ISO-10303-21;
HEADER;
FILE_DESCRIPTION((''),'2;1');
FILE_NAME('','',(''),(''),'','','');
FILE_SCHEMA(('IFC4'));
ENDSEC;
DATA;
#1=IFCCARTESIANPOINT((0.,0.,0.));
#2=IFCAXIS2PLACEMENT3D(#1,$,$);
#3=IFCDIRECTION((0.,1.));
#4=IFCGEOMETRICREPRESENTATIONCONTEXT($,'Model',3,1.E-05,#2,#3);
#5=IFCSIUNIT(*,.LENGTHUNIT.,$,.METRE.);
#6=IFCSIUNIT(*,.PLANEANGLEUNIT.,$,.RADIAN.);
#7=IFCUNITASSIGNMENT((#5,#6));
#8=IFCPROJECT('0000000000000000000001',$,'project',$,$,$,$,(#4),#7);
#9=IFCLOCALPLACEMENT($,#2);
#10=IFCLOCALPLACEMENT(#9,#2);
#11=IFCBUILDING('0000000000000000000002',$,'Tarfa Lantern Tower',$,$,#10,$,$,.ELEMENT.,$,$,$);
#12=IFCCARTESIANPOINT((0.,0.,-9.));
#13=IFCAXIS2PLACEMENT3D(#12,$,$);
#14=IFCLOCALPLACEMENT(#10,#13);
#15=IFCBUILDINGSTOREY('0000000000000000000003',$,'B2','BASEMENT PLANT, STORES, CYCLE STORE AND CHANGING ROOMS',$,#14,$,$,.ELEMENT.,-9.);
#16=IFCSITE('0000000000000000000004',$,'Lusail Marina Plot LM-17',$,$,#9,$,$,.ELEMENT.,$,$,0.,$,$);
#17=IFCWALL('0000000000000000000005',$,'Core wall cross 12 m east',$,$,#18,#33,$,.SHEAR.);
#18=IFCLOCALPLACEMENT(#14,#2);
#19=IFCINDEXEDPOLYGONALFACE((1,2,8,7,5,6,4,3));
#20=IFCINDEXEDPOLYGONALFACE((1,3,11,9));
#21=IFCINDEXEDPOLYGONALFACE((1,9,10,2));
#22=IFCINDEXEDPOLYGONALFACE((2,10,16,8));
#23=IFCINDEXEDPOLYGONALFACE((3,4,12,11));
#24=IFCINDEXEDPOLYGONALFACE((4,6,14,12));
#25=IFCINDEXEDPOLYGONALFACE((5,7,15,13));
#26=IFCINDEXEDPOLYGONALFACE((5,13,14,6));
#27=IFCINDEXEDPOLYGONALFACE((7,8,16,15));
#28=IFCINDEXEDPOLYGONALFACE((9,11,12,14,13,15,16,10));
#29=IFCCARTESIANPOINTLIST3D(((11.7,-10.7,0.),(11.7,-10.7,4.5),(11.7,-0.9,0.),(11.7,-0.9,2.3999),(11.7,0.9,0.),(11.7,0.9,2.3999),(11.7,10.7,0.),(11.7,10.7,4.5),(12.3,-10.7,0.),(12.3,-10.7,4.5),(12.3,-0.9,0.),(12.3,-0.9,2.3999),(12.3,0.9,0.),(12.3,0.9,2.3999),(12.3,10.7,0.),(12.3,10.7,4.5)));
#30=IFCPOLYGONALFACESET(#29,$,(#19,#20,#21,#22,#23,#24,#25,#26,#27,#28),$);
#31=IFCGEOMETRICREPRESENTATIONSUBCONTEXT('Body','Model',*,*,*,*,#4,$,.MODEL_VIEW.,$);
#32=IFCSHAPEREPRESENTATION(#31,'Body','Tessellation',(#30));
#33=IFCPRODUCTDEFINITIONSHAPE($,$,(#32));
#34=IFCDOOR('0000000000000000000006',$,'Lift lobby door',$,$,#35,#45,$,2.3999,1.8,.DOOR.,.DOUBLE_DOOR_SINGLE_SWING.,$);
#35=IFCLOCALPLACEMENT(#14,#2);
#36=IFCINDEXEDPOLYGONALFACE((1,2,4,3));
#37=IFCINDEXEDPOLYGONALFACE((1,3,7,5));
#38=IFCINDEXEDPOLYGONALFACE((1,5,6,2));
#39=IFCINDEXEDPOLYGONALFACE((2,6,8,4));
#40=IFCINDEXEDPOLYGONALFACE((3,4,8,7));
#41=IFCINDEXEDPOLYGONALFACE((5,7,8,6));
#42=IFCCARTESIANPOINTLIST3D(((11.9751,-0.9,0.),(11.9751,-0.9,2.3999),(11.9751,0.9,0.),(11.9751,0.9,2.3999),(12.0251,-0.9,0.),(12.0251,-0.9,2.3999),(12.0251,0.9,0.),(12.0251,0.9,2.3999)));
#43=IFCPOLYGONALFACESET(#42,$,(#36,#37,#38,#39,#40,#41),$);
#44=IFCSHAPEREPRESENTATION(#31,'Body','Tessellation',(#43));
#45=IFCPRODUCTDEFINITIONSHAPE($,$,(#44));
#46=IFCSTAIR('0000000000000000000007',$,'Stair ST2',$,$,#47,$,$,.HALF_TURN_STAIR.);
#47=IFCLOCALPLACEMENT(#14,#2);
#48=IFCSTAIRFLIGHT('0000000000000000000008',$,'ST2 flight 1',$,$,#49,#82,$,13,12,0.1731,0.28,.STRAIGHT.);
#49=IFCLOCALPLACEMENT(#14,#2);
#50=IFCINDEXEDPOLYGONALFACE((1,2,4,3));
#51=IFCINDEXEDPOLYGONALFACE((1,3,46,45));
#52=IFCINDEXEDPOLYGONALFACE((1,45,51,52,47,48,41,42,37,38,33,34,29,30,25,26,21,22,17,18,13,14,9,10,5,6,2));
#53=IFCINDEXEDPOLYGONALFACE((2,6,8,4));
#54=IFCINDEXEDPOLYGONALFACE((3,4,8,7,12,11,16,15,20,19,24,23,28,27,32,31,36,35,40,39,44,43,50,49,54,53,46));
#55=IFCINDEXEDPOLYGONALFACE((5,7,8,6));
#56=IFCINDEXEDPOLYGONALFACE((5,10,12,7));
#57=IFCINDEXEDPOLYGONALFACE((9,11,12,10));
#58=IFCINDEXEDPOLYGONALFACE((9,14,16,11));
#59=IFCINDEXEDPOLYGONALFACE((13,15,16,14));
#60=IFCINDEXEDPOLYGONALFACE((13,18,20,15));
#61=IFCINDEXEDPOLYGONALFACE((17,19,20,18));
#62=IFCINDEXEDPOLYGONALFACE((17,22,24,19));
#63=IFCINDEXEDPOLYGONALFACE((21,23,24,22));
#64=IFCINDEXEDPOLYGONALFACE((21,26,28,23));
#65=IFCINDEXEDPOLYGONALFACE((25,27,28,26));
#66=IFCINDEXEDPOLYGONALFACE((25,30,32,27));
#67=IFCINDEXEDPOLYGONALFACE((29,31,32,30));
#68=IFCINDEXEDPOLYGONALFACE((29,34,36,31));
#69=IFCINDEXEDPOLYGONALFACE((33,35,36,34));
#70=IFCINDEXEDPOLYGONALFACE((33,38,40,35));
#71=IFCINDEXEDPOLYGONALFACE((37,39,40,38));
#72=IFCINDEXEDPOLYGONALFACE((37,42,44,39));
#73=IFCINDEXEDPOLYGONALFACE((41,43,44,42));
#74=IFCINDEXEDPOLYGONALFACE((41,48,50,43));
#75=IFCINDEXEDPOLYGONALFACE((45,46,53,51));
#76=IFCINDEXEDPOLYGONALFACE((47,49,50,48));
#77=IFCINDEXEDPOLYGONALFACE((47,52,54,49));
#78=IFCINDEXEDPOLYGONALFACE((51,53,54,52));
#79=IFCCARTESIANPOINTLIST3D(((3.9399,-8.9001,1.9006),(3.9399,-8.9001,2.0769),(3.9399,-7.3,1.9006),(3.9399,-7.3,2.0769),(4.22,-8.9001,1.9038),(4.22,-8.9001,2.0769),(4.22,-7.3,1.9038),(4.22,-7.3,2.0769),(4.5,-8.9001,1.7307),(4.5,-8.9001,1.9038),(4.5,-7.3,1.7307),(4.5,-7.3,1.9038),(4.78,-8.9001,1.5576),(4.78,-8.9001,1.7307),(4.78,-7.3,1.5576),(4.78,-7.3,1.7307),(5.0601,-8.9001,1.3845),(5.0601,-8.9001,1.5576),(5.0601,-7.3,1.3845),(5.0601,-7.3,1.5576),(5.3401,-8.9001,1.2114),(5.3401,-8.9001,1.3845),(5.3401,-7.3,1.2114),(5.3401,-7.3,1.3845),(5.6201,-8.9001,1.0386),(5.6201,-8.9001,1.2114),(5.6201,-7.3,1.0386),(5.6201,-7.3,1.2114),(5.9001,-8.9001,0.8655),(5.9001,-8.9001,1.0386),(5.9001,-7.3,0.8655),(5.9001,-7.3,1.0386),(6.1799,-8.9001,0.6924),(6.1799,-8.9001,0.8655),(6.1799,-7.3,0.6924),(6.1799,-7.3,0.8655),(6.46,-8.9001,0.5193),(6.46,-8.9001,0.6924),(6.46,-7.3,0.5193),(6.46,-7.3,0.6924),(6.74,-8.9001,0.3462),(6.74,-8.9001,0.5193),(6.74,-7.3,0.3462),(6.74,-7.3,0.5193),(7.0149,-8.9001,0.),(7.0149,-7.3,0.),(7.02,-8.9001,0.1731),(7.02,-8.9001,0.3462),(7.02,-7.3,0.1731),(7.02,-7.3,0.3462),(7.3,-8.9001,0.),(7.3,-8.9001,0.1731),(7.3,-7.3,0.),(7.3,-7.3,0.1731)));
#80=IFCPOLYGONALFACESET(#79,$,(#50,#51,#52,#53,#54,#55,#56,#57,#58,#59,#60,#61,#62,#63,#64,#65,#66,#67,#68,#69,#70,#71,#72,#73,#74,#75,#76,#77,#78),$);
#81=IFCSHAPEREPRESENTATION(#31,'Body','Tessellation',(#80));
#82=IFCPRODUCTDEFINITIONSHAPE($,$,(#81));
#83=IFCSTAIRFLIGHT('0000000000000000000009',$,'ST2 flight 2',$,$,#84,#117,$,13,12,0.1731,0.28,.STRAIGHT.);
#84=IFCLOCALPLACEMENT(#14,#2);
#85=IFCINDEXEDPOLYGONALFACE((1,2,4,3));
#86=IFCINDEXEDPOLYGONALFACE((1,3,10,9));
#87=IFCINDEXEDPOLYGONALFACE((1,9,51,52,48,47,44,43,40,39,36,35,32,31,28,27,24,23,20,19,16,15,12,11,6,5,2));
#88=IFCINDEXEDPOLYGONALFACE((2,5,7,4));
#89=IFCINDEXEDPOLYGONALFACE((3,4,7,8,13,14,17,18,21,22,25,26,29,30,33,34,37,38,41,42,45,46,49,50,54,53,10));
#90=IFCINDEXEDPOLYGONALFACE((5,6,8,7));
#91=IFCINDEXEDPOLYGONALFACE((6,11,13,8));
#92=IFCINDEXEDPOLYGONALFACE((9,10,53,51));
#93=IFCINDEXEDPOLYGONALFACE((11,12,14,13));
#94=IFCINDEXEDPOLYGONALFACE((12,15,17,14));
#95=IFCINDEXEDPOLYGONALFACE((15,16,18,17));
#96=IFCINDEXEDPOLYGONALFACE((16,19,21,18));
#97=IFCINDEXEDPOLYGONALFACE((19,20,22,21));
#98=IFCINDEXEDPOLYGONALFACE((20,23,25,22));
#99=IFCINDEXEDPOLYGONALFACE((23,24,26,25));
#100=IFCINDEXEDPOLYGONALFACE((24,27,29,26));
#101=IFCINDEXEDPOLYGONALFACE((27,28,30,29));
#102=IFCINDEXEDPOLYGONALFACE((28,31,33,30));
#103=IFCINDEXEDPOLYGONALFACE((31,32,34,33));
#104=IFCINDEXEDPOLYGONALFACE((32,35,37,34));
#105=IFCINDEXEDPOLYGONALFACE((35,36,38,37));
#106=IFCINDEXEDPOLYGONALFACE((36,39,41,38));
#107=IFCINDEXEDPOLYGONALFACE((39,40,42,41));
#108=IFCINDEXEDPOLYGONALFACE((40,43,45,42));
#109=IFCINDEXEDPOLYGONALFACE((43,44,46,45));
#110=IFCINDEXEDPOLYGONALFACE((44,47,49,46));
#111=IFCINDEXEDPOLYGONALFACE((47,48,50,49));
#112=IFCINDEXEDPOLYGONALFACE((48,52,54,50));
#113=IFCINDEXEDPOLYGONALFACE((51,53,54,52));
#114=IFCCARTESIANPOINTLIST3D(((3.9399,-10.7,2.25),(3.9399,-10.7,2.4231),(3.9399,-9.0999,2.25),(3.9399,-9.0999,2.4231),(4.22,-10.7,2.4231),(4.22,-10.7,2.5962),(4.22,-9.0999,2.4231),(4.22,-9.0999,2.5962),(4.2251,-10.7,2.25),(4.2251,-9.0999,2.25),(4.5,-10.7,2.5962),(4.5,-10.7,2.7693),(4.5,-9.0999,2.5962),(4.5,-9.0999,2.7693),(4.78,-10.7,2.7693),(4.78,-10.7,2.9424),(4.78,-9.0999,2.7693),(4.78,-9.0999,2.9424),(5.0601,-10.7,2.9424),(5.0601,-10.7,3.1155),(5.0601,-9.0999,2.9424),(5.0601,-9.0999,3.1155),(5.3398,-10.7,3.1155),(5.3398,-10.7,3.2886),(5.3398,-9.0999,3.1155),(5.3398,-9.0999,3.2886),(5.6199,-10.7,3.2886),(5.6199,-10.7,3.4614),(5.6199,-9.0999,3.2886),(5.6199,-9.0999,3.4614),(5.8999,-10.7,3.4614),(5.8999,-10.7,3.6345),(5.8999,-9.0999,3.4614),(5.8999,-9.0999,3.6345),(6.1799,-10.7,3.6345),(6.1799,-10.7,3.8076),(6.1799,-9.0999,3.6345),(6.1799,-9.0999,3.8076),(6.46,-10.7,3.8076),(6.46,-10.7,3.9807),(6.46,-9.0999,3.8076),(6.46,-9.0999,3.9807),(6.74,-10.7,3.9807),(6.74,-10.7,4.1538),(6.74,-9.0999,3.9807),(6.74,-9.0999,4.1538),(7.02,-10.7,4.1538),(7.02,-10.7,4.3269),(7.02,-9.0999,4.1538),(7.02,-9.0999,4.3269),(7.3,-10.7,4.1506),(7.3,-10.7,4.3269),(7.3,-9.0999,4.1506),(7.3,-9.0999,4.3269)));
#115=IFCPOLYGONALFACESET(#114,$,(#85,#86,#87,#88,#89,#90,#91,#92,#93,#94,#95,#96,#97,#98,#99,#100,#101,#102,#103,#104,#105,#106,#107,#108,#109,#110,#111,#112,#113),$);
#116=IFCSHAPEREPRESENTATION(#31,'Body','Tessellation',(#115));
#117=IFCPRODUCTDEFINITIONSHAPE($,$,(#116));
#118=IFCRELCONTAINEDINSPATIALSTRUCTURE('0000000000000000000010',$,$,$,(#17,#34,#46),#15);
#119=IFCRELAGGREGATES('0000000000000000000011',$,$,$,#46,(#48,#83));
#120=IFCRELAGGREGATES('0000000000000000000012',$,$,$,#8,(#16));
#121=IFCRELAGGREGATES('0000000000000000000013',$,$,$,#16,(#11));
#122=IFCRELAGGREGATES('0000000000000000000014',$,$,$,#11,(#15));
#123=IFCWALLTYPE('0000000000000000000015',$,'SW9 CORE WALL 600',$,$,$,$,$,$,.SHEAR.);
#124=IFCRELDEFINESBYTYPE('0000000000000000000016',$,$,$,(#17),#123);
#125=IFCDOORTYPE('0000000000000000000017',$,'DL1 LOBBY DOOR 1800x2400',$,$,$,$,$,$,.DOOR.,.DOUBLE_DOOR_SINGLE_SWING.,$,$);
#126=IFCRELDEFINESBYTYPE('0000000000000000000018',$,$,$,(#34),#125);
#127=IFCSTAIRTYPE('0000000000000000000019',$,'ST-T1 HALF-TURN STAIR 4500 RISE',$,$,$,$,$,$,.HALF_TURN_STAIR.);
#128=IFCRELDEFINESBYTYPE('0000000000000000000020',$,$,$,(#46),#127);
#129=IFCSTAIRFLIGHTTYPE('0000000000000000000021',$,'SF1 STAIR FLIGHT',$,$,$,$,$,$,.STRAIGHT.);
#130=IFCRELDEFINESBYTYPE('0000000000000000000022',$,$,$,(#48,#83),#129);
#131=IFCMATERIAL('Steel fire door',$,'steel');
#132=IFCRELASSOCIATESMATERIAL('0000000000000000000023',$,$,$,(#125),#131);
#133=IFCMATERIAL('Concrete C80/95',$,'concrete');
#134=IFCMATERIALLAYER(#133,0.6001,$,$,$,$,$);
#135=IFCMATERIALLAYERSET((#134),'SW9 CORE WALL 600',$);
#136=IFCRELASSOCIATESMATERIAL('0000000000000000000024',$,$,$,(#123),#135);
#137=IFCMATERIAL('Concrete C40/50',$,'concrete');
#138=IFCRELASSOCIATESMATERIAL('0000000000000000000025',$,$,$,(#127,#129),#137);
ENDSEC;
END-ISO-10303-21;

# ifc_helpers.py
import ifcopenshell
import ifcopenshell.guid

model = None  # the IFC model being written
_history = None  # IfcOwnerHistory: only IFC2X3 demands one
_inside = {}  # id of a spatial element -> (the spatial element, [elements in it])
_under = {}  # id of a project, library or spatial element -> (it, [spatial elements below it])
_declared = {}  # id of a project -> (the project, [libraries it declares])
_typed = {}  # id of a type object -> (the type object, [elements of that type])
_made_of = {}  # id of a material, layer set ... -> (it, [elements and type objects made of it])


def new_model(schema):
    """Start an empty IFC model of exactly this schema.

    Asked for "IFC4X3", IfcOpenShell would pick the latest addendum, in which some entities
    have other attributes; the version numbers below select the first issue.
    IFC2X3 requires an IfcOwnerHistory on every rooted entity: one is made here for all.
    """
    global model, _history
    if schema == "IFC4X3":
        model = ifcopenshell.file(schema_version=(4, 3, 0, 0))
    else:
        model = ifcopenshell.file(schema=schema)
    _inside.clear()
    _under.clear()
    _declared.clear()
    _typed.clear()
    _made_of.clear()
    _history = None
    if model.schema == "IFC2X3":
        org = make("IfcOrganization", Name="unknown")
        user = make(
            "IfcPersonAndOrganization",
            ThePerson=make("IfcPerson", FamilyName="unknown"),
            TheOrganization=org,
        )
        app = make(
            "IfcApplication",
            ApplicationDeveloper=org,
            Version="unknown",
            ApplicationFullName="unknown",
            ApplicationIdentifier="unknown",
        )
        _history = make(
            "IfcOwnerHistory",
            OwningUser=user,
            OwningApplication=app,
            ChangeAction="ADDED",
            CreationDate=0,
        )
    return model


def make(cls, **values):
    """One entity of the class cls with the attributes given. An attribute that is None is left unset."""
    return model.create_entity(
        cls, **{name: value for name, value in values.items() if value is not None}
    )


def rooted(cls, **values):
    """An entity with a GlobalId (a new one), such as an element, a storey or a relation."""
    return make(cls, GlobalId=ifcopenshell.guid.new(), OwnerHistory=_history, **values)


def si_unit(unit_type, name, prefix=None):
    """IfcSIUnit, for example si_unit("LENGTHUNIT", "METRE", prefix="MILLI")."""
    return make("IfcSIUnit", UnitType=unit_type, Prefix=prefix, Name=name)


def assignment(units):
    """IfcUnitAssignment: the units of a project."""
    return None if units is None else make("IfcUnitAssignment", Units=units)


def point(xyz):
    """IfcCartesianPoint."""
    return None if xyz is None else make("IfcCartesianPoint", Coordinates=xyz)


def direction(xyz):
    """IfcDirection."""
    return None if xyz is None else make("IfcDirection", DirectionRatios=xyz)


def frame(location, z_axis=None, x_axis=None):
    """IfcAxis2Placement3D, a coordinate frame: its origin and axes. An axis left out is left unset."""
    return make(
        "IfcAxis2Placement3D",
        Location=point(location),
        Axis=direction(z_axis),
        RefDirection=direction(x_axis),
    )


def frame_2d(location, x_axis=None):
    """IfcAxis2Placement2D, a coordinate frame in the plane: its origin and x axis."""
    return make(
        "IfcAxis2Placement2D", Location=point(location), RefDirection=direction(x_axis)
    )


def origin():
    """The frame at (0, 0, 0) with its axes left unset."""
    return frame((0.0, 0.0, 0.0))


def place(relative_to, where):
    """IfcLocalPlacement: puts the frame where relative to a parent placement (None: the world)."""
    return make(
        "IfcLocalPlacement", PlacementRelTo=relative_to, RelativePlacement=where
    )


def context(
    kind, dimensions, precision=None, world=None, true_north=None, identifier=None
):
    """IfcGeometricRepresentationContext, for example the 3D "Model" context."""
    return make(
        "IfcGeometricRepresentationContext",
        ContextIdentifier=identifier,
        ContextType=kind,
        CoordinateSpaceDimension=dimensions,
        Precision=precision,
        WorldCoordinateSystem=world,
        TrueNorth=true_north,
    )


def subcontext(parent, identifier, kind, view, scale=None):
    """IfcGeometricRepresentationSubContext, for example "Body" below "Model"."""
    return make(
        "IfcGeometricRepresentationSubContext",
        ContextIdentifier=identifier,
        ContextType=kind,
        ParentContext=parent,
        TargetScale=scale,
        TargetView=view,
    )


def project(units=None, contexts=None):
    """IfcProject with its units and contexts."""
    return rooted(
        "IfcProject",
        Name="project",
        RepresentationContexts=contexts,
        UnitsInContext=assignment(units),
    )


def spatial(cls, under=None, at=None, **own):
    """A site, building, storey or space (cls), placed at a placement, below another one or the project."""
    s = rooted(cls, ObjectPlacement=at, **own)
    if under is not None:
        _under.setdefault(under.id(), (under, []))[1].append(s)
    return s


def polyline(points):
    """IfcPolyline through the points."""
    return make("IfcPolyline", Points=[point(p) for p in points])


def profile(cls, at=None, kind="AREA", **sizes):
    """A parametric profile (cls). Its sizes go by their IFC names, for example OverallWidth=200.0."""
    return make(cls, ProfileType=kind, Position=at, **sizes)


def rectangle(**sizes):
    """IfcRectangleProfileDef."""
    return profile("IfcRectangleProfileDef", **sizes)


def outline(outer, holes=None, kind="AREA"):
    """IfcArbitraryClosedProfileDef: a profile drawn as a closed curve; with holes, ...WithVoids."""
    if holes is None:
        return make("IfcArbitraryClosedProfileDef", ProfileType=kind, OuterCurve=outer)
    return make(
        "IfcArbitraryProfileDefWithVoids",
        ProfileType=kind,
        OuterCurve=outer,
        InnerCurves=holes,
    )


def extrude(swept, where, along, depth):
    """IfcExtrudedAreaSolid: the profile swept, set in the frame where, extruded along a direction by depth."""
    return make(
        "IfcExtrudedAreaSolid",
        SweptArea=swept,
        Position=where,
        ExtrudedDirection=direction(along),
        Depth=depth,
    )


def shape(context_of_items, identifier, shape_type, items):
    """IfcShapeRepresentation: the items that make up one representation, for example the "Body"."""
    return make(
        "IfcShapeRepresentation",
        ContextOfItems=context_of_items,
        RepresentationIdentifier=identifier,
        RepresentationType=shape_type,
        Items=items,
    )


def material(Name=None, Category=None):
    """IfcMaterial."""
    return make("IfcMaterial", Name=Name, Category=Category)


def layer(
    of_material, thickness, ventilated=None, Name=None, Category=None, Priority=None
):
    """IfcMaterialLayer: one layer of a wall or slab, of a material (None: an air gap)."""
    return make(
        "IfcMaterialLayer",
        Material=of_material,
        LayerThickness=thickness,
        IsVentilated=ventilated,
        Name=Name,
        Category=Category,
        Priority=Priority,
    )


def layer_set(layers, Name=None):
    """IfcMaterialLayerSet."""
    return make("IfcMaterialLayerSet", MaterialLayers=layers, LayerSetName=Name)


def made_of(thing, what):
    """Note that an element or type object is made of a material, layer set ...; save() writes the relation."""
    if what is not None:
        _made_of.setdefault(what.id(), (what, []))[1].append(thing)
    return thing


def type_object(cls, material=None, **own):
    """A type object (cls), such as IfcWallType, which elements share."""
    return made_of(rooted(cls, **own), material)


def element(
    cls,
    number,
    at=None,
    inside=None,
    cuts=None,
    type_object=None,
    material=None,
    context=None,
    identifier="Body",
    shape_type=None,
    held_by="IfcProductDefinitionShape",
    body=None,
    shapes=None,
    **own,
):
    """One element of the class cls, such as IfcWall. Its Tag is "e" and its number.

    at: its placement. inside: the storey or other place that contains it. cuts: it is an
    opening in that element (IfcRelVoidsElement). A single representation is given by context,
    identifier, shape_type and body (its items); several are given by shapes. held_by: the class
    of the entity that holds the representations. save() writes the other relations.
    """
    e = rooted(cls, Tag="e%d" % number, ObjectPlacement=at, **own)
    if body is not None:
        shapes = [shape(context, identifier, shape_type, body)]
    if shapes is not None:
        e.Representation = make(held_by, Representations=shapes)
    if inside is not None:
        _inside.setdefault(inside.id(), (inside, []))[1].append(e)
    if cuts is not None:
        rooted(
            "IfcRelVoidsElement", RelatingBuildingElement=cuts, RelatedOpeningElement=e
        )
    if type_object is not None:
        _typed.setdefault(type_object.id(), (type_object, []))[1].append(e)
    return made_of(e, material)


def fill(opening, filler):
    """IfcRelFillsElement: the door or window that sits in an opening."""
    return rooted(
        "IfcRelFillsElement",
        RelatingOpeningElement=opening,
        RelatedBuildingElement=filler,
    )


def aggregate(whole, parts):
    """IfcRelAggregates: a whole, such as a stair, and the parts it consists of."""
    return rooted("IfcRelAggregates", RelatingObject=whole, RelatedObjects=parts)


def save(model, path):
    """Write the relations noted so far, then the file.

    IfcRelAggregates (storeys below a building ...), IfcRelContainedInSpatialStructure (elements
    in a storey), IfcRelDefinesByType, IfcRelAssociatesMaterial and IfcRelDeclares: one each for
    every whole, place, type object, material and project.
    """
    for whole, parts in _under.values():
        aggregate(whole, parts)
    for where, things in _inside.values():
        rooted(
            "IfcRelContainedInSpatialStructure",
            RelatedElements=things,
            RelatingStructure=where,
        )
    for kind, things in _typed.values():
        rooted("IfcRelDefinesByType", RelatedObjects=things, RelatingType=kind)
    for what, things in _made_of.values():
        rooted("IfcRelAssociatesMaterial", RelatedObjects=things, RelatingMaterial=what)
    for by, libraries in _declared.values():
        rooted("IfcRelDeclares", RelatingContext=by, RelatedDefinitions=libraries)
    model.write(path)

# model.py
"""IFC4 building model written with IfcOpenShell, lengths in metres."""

from ifc_helpers import new_model, si_unit, direction, frame, frame_2d, origin, place, context, subcontext, project, spatial, polyline, rectangle, outline, extrude, material, layer, layer_set, type_object, element, fill, aggregate, save


model = new_model("IFC4")

# Units and contexts
model_context = context("Model", 3, precision=1e-05, world=origin(), true_north=direction((0.0, 1.0)))
body_context = subcontext(model_context, "Body", "Model", "MODEL_VIEW")
ifc_project = project(units=[si_unit("LENGTHUNIT", "METRE"), si_unit("PLANEANGLEUNIT", "RADIAN")], contexts=[model_context])

# Site, building, storey
site_placement = place(None, origin())
site = spatial("IfcSite", under=ifc_project, at=site_placement, Name="Lusail Marina Plot LM-17", CompositionType="ELEMENT", RefElevation=0.0)
building_placement = place(site_placement, origin())
building = spatial("IfcBuilding", under=site, at=building_placement, Name="Tarfa Lantern Tower", CompositionType="ELEMENT")
storey_placement = place(building_placement, frame((0.0, 0.0, -9.0)))
storey = spatial("IfcBuildingStorey", under=building, at=storey_placement, Name="B2", Description="BASEMENT PLANT, STORES, CYCLE STORE AND CHANGING ROOMS", CompositionType="ELEMENT", Elevation=-9.0)

# Shared definitions
ifc_material_1 = material(Name="Concrete C40/50", Category="concrete")

# Shared definitions
ifc_material_2 = material(Name="Steel fire door", Category="steel")

# Shared definitions
ifc_material_3 = material(Name="Concrete C80/95", Category="concrete")

# Wall, opening, door
door_type_1 = type_object("IfcDoorType", Name="DL1 LOBBY DOOR 1800x2400", OperationType="DOUBLE_DOOR_SINGLE_SWING", PredefinedType="DOOR", material=ifc_material_2)
ifc_layer_1 = layer(ifc_material_3, 0.6001)
ifc_layer_set_1 = layer_set([ifc_layer_1], Name="SW9 CORE WALL 600")
wall_type_1 = type_object("IfcWallType", Name="SW9 CORE WALL 600", PredefinedType="SHEAR", material=ifc_layer_set_1)
wall_1_placement = place(storey_placement, frame((12.0, -10.7, 0.0), z_axis=(0.0, 0.0, 1.0), x_axis=(0.0, 1.0, 0.0)))
wall_1 = element("IfcWall", 1, at=wall_1_placement, inside=storey, type_object=wall_type_1, Name="Core wall cross 12 m east", PredefinedType="SHEAR", context=body_context, shape_type="SweptSolid", body=[
    extrude(rectangle(XDim=21.3999, YDim=0.6001, at=frame_2d((10.7, 0.0))), origin(), (0.0, 0.0, 1.0), 4.5),
])
opening_1_placement = place(wall_1_placement, frame((9.8, 0.0, 0.0)))
opening_1 = element("IfcOpeningElement", 2, at=opening_1_placement, cuts=wall_1, PredefinedType="OPENING", context=body_context, shape_type="SweptSolid", body=[
    extrude(rectangle(XDim=1.8, YDim=2.3999, at=frame_2d((0.8999, 1.2))), frame((0.0, 0.3101, 0.0), z_axis=(0.0, -1.0, 0.0), x_axis=(1.0, 0.0, 0.0)), (0.0, 0.0, 1.0), 0.6201),
])
door_1_placement = place(opening_1_placement, origin())
door_1 = element("IfcDoor", 3, at=door_1_placement, inside=storey, type_object=door_type_1, Name="Lift lobby door", OperationType="DOUBLE_DOOR_SINGLE_SWING", OverallHeight=2.3999, OverallWidth=1.8, PredefinedType="DOOR", context=body_context, shape_type="SweptSolid", body=[
    extrude(rectangle(XDim=1.8, YDim=2.3999, at=frame_2d((0.8999, 1.2))), frame((0.0, 0.0249, 0.0), z_axis=(0.0, -1.0, 0.0), x_axis=(1.0, 0.0, 0.0)), (0.0, 0.0, 1.0), 0.05),
])
fill(opening_1, door_1)

# Stair, stair flights
stair_type = type_object("IfcStairType", Name="ST-T1 HALF-TURN STAIR 4500 RISE", PredefinedType="HALF_TURN_STAIR", material=ifc_material_1)
stair_placement = place(storey_placement, origin())
stair = element("IfcStair", 4, at=stair_placement, inside=storey, type_object=stair_type, Name="Stair ST2", PredefinedType="HALF_TURN_STAIR")
stair_flight_type = type_object("IfcStairFlightType", Name="SF1 STAIR FLIGHT", PredefinedType="STRAIGHT", material=ifc_material_1)
stair_flight_1_placement = place(storey_placement, frame((7.3, -8.1001, 0.0), z_axis=(0.0, 0.0, 1.0), x_axis=(-1.0, 0.0, 0.0)))
stair_flight_1 = element("IfcStairFlight", 5, at=stair_flight_1_placement, type_object=stair_flight_type, Name="ST2 flight 1", NumberOfRisers=13, NumberOfTreads=12, PredefinedType="STRAIGHT", RiserHeight=0.1731, TreadLength=0.28, context=body_context, shape_type="SweptSolid", body=[
    extrude(outline(polyline([(0.0, 0.0), (0.0, 0.1731), (0.28, 0.1731), (0.28, 0.3462), (0.5601, 0.3462), (0.5601, 0.5193), (0.8401, 0.5193), (0.8401, 0.6924), (1.1201, 0.6924), (1.1201, 0.8655), (1.3999, 0.8655), (1.3999, 1.0386), (1.6799, 1.0386), (1.6799, 1.2114), (1.96, 1.2114), (1.96, 1.3845), (2.24, 1.3845), (2.24, 1.5576), (2.52, 1.5576), (2.52, 1.7307), (2.8, 1.7307), (2.8, 1.9038), (3.0801, 1.9038), (3.0801, 2.0769), (3.3601, 2.0769), (3.3601, 2.25), (3.3601, 1.9006), (0.2852, 0.0), (0.0, 0.0)])), frame((0.0, 0.8, 0.0), z_axis=(0.0, -1.0, 0.0), x_axis=(1.0, 0.0, 0.0)), (0.0, 0.0, 1.0), 1.6001),
])
stair_flight_2_placement = place(storey_placement, frame((3.9399, -9.8999, 2.25), z_axis=(0.0, 0.0, 1.0), x_axis=(1.0, 0.0, 0.0)))
stair_flight_2 = element("IfcStairFlight", 6, at=stair_flight_2_placement, type_object=stair_flight_type, Name="ST2 flight 2", NumberOfRisers=13, NumberOfTreads=12, PredefinedType="STRAIGHT", RiserHeight=0.1731, TreadLength=0.28, context=body_context, shape_type="SweptSolid", body=[
    extrude(outline(polyline([(0.0, 0.0), (0.0, 0.1731), (0.28, 0.1731), (0.28, 0.3462), (0.5601, 0.3462), (0.5601, 0.5193), (0.8401, 0.5193), (0.8401, 0.6924), (1.1201, 0.6924), (1.1201, 0.8655), (1.3999, 0.8655), (1.3999, 1.0386), (1.6799, 1.0386), (1.6799, 1.2114), (1.96, 1.2114), (1.96, 1.3845), (2.24, 1.3845), (2.24, 1.5576), (2.52, 1.5576), (2.52, 1.7307), (2.8, 1.7307), (2.8, 1.9038), (3.0801, 1.9038), (3.0801, 2.0769), (3.3601, 2.0769), (3.3601, 2.25), (3.3601, 1.9006), (0.2852, 0.0), (0.0, 0.0)])), frame((0.0, 0.8, 0.0), z_axis=(0.0, -1.0, 0.0), x_axis=(1.0, 0.0, 0.0)), (0.0, 0.0, 1.0), 1.6001),
])
aggregate(stair, [stair_flight_1, stair_flight_2])

save(model, "model.ifc")
